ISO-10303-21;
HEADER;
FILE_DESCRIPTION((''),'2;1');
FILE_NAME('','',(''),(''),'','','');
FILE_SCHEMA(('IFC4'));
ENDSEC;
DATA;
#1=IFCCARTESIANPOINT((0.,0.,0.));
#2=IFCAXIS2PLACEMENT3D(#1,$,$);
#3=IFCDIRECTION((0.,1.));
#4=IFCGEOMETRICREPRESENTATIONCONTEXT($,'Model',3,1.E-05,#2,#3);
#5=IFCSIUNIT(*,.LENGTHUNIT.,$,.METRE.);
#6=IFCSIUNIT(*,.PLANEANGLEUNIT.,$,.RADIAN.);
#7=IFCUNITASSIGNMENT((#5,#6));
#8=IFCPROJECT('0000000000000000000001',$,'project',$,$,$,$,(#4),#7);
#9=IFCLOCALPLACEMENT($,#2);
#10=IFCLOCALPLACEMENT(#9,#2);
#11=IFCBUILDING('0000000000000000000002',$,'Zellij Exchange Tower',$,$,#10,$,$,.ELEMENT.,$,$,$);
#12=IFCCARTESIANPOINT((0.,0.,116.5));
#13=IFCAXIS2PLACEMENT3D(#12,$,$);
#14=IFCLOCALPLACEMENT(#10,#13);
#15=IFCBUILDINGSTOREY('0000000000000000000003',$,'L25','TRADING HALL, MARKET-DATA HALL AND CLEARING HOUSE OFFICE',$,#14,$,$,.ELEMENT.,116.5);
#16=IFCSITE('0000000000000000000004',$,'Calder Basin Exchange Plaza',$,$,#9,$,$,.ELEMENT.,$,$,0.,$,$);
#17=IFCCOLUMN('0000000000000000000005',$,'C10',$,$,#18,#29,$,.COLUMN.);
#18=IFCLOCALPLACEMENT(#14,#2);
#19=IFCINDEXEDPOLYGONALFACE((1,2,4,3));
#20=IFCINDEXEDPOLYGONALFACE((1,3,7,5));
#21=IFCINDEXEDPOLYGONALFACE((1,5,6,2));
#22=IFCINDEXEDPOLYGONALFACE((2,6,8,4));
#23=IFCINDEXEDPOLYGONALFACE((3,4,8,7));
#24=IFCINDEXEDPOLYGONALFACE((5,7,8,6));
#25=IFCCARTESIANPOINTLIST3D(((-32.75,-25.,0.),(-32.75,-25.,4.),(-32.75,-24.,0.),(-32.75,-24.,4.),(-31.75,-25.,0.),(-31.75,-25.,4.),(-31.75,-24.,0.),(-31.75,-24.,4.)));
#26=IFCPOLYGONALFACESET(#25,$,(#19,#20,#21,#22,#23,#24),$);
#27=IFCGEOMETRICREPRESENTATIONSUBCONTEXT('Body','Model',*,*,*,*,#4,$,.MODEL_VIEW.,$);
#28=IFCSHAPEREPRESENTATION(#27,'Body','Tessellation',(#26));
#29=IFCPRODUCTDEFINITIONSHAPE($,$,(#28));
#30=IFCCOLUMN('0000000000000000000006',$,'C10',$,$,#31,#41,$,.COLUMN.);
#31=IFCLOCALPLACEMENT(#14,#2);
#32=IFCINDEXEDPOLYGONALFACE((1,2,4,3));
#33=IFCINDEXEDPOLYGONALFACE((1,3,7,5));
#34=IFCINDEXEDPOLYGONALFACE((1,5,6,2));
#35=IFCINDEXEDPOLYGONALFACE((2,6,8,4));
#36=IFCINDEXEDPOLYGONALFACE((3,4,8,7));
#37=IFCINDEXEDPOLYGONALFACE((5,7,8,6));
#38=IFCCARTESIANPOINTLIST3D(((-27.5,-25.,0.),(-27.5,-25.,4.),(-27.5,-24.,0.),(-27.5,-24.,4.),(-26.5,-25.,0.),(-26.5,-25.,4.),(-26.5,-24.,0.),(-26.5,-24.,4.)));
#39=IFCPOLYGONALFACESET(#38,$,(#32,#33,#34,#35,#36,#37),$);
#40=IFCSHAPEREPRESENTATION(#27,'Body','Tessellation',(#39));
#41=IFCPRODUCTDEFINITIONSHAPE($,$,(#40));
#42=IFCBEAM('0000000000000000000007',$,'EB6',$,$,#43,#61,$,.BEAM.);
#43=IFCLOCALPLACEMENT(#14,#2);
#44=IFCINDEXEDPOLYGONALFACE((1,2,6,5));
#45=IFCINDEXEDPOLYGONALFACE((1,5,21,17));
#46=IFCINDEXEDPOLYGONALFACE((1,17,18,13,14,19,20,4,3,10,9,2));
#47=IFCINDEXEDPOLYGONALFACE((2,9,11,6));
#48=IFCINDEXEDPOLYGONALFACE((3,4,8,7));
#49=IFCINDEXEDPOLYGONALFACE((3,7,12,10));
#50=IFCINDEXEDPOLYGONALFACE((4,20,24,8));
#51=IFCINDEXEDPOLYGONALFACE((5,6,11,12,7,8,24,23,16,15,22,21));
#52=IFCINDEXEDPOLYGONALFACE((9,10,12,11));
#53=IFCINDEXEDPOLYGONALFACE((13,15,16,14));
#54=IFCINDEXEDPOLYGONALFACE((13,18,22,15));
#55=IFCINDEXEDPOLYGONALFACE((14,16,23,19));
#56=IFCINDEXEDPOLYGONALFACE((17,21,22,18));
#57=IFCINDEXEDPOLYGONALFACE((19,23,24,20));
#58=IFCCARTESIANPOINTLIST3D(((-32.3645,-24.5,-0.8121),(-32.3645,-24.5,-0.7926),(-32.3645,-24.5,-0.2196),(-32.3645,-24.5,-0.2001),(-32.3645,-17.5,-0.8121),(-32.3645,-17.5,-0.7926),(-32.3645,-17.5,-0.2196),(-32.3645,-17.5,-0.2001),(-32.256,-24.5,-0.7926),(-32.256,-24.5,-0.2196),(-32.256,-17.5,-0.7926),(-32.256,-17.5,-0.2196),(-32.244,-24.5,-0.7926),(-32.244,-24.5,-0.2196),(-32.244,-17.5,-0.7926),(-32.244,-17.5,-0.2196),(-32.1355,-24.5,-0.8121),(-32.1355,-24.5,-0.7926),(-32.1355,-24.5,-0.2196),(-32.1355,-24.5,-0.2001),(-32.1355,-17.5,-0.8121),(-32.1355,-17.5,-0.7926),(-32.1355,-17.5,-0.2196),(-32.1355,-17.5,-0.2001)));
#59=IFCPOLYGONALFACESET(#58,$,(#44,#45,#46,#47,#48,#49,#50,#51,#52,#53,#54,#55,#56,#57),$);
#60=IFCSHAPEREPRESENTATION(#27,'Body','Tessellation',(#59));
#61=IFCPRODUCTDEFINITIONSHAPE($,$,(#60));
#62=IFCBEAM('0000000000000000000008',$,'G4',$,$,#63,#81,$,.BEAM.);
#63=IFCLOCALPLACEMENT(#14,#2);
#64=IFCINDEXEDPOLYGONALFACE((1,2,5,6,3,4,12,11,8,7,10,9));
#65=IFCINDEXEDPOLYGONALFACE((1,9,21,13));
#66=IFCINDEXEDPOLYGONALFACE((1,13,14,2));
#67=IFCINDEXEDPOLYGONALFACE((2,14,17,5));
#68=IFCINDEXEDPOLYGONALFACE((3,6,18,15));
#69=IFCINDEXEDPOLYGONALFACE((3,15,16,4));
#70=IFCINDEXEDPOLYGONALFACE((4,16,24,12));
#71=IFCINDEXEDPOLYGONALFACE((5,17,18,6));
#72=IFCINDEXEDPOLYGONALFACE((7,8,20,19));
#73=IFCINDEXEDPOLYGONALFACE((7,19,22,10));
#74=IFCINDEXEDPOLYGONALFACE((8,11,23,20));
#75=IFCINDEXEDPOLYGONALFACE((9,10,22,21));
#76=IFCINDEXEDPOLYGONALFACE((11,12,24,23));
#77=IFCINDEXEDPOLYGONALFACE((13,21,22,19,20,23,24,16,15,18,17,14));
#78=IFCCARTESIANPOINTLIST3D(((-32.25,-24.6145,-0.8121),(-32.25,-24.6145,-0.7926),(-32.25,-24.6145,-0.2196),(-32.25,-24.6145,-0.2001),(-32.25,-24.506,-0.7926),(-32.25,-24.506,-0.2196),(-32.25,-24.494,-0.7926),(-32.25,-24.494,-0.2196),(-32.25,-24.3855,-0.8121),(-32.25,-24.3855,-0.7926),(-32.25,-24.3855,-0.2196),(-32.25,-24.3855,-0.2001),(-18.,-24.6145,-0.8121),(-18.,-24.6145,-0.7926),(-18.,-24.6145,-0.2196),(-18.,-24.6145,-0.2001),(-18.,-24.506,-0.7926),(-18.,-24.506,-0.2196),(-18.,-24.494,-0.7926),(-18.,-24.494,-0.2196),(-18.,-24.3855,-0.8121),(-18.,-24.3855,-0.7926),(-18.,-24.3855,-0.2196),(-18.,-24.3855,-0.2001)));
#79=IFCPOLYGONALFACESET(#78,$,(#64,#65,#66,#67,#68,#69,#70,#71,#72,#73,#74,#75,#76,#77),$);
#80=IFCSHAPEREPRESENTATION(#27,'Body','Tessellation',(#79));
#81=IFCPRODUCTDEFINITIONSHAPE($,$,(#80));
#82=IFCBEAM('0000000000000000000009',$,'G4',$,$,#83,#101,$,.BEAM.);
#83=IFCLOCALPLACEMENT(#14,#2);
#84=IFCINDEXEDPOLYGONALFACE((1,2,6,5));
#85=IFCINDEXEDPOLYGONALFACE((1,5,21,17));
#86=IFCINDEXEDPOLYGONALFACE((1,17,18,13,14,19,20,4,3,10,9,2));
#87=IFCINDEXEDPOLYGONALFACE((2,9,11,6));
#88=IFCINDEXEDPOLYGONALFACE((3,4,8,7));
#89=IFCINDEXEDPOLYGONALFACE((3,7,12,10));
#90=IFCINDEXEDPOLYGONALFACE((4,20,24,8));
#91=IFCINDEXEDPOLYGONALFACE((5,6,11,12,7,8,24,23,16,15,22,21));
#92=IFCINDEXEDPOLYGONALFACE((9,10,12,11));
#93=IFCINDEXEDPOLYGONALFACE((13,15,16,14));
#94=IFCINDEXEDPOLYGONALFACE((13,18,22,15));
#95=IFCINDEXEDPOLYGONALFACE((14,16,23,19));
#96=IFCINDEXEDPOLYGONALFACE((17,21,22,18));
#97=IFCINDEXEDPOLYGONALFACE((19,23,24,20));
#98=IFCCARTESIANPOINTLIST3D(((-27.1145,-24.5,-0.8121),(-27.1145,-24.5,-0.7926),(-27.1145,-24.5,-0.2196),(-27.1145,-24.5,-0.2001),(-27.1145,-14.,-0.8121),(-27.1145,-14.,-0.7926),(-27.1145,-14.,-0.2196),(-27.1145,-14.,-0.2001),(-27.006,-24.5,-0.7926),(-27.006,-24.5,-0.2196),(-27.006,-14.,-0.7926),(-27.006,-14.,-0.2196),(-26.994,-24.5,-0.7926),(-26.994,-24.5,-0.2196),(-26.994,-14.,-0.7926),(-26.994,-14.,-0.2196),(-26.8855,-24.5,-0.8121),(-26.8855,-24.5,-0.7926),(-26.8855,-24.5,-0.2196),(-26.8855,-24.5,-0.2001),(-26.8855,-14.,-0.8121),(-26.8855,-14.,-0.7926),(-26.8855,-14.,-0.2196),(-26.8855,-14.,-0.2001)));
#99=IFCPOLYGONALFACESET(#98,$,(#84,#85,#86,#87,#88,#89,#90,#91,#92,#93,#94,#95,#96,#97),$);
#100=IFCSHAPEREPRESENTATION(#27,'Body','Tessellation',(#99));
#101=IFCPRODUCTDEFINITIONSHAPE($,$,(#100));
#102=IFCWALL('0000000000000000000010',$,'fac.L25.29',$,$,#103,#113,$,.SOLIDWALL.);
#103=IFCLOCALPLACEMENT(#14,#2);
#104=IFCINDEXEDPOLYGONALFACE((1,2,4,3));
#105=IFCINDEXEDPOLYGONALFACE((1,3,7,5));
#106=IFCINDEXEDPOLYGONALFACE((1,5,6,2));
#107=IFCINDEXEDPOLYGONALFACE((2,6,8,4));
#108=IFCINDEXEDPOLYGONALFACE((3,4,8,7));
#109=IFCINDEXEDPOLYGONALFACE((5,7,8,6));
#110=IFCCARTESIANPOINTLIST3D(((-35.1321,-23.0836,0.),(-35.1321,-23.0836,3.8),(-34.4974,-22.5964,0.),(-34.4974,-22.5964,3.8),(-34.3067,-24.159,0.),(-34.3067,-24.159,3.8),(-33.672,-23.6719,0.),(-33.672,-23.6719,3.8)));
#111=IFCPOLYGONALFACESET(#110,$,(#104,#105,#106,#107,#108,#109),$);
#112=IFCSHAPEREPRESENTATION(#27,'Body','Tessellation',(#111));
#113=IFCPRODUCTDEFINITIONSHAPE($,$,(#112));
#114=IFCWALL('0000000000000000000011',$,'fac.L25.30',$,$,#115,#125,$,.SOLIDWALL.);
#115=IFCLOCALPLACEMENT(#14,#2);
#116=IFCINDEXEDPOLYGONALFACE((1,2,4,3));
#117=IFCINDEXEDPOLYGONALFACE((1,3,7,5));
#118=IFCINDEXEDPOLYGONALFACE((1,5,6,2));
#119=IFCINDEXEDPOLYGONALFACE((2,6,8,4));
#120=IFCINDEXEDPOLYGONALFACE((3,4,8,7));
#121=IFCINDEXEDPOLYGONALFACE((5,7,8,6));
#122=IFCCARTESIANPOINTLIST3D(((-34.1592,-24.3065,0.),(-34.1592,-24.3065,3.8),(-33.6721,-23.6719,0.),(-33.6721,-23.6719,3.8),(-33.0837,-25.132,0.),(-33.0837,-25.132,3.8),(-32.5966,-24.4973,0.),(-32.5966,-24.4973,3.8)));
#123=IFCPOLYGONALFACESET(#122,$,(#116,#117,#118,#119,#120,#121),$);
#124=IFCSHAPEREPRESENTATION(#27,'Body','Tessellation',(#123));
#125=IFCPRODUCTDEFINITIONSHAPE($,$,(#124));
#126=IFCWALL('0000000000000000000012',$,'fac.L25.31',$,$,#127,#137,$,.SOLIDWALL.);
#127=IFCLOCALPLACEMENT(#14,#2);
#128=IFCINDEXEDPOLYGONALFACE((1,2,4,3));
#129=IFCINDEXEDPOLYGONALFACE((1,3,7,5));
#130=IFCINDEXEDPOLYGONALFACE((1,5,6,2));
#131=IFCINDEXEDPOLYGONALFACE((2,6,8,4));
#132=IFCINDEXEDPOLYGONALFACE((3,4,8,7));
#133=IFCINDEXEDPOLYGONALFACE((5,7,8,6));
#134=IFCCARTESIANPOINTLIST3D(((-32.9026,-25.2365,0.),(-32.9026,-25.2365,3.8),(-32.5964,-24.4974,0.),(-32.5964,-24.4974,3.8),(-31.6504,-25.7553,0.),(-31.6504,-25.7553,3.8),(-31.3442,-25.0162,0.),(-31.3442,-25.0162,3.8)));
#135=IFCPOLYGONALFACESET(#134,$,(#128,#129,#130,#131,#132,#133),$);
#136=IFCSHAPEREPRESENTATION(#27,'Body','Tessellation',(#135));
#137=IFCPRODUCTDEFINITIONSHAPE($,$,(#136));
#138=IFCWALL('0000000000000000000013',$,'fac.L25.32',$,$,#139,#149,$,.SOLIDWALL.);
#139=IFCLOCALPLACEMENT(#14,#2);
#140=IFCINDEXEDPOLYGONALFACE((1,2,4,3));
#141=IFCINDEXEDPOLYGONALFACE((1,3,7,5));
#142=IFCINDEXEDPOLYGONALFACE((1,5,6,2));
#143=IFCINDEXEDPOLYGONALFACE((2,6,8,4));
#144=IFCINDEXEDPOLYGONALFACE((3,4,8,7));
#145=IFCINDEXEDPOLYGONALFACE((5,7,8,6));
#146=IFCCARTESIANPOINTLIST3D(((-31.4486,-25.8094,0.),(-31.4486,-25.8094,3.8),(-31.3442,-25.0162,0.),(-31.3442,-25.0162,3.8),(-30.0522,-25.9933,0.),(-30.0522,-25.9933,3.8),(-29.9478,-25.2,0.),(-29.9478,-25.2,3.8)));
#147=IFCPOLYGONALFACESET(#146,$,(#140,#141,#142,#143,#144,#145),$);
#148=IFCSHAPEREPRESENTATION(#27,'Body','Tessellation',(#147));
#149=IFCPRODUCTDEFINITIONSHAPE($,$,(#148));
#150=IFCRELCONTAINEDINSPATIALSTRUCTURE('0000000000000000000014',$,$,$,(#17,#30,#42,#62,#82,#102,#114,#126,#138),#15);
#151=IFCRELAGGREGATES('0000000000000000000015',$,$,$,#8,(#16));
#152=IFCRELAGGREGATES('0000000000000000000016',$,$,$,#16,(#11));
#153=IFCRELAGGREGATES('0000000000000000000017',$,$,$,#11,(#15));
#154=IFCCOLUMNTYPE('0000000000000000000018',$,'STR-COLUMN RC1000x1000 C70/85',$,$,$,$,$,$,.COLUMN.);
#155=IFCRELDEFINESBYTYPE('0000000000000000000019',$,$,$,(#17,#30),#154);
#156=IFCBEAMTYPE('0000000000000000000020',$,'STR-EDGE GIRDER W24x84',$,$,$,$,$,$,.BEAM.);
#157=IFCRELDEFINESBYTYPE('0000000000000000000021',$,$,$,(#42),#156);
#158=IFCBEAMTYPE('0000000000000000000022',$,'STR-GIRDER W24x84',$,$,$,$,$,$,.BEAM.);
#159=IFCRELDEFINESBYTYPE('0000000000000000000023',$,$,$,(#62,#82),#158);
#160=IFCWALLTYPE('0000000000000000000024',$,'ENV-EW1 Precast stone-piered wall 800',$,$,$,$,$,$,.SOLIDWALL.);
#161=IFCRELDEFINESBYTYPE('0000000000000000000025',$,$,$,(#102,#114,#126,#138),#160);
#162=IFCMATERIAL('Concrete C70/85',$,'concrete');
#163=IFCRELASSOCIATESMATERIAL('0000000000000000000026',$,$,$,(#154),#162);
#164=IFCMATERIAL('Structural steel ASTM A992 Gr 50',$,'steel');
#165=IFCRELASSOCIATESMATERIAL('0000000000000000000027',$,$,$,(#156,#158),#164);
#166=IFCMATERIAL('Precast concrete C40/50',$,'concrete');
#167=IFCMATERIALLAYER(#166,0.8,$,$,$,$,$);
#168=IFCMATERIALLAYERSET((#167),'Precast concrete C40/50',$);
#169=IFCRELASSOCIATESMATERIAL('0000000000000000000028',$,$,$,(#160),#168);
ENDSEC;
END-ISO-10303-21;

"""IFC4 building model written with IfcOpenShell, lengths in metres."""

from ifc_helpers import new_model, si_unit, direction, frame, frame_2d, origin, origin_2d, place, context, subcontext, project, spatial, rectangle, i_section, extrude, material, layer, layer_set, material_profile, profile_set, type_object, element, save


model = new_model("IFC4")

# Units and contexts
model_context = context("Model", 3, precision=1e-05, world=origin(), true_north=direction((0.0, 1.0)))
body_context = subcontext(model_context, "Body", "Model", "MODEL_VIEW")
ifc_project = project(units=[si_unit("LENGTHUNIT", "METRE"), si_unit("PLANEANGLEUNIT", "RADIAN")], contexts=[model_context])

# Site, building, storey
site_placement = place(None, origin())
site = spatial("IfcSite", under=ifc_project, at=site_placement, Name="Calder Basin Exchange Plaza", CompositionType="ELEMENT", RefElevation=0.0)
building_placement = place(site_placement, origin())
building = spatial("IfcBuilding", under=site, at=building_placement, Name="Zellij Exchange Tower", CompositionType="ELEMENT")
storey_placement = place(building_placement, frame((0.0, 0.0, 116.5)))
storey = spatial("IfcBuildingStorey", under=building, at=storey_placement, Name="L25", Description="TRADING HALL, MARKET-DATA HALL AND CLEARING HOUSE OFFICE", CompositionType="ELEMENT", Elevation=116.5)

# Columns
ifc_material_1 = material(Name="Concrete C70/85", Category="concrete")
ifc_material_profile_1 = material_profile(ifc_material_1, rectangle(XDim=1.0, YDim=1.0, at=origin_2d()), Name="STR-COLUMN RC1000x1000 C70/85")
ifc_profile_set_1 = profile_set([ifc_material_profile_1], Name="Concrete C70/85")
column_type = type_object("IfcColumnType", Name="STR-COLUMN RC1000x1000 C70/85", PredefinedType="COLUMN", material=ifc_profile_set_1)
for number, where, z_axis, x_axis, name in (
    (1, (-32.25, -24.5, 0.0), (0.0, 0.0, 1.0), (1.0, 0.0, 0.0), "C10"),
    (2, (-27.0, -24.5, 0.0), (0.0, 0.0, 1.0), (1.0, 0.0, 0.0), "C10"),
):
    element("IfcColumn", number, at=place(storey_placement, frame(where, z_axis=z_axis, x_axis=x_axis)), inside=storey, type_object=column_type, Name=name, PredefinedType="COLUMN", context=body_context, shape_type="SweptSolid", body=[
        extrude(rectangle(XDim=1.0, YDim=1.0, at=origin_2d()), origin(), (0.0, 0.0, 1.0), 4.0),
    ])

# Beams
ifc_material_2 = material(Name="Structural steel ASTM A992 Gr 50", Category="steel")
ifc_material_profile_2 = material_profile(ifc_material_2, i_section(OverallWidth=0.229, OverallDepth=0.6121, WebThickness=0.012, FlangeThickness=0.0195, at=origin_2d()), Name="W24x84")
ifc_profile_set_2 = profile_set([ifc_material_profile_2], Name="Structural steel ASTM A992 Gr 50")
beam_type_1 = type_object("IfcBeamType", Name="STR-EDGE GIRDER W24x84", PredefinedType="BEAM", material=ifc_profile_set_2)
beam_1_placement = place(storey_placement, frame((-32.25, -24.5, -0.5061), z_axis=(0.0, 1.0, 0.0), x_axis=(-1.0, 0.0, 0.0)))
element("IfcBeam", 3, at=beam_1_placement, inside=storey, type_object=beam_type_1, Name="EB6", PredefinedType="BEAM", context=body_context, shape_type="SweptSolid", body=[
    extrude(i_section(OverallWidth=0.229, OverallDepth=0.6121, WebThickness=0.012, FlangeThickness=0.0195, at=origin_2d()), origin(), (0.0, 0.0, 1.0), 7.0),
])
ifc_material_profile_3 = material_profile(ifc_material_2, i_section(OverallWidth=0.229, OverallDepth=0.6121, WebThickness=0.012, FlangeThickness=0.0195, at=origin_2d()), Name="W24x84")
ifc_profile_set_3 = profile_set([ifc_material_profile_3], Name="Structural steel ASTM A992 Gr 50")
beam_type_2 = type_object("IfcBeamType", Name="STR-GIRDER W24x84", PredefinedType="BEAM", material=ifc_profile_set_3)
beam_2_placement = place(storey_placement, frame((-32.25, -24.5, -0.5061), z_axis=(1.0, 0.0, 0.0), x_axis=(0.0, 1.0, 0.0)))
element("IfcBeam", 4, at=beam_2_placement, inside=storey, type_object=beam_type_2, Name="G4", PredefinedType="BEAM", context=body_context, shape_type="SweptSolid", body=[
    extrude(i_section(OverallWidth=0.229, OverallDepth=0.6121, WebThickness=0.012, FlangeThickness=0.0195, at=origin_2d()), origin(), (0.0, 0.0, 1.0), 14.25),
])
beam_3_placement = place(storey_placement, frame((-27.0, -24.5, -0.5061), z_axis=(0.0, 1.0, 0.0), x_axis=(-1.0, 0.0, 0.0)))
element("IfcBeam", 5, at=beam_3_placement, inside=storey, type_object=beam_type_2, Name="G4", PredefinedType="BEAM", context=body_context, shape_type="SweptSolid", body=[
    extrude(i_section(OverallWidth=0.229, OverallDepth=0.6121, WebThickness=0.012, FlangeThickness=0.0195, at=origin_2d()), origin(), (0.0, 0.0, 1.0), 10.5),
])

# Shared definitions
ifc_material_3 = material(Name="Precast concrete C40/50", Category="concrete")
ifc_layer = layer(ifc_material_3, 0.8)
ifc_layer_set = layer_set([ifc_layer], Name="Precast concrete C40/50")
wall_type = type_object("IfcWallType", Name="ENV-EW1 Precast stone-piered wall 800", PredefinedType="SOLIDWALL", material=ifc_layer_set)

# Walls
for number, where, z_axis, x_axis, name in (
    (6, (-34.8147, -22.8401, 0.0), (0.0, 0.0, 1.0), (0.608866, -0.793273, 0.0), "fac.L25.29"),
    (7, (-33.9155, -23.9893, 0.0), (0.0, 0.0, 1.0), (0.793273, -0.608866, 0.0), "fac.L25.30"),
):
    element("IfcWall", number, at=place(storey_placement, frame(where, z_axis=z_axis, x_axis=x_axis)), inside=storey, type_object=wall_type, Name=name, PredefinedType="SOLIDWALL", context=body_context, shape_type="SweptSolid", body=[
        extrude(rectangle(XDim=1.3557, YDim=0.8, at=frame_2d((0.6777, 0.0))), origin(), (0.0, 0.0, 1.0), 3.8),
    ])
wall_1_placement = place(storey_placement, frame((-32.7495, -24.8669, 0.0), z_axis=(0.0, 0.0, 1.0), x_axis=(0.923848, -0.38276, 0.0)))
element("IfcWall", 8, at=wall_1_placement, inside=storey, type_object=wall_type, Name="fac.L25.31", PredefinedType="SOLIDWALL", context=body_context, shape_type="SweptSolid", body=[
    extrude(rectangle(XDim=1.3555, YDim=0.8, at=frame_2d((0.6777, 0.0))), origin(), (0.0, 0.0, 1.0), 3.8),
])
wall_2_placement = place(storey_placement, frame((-31.3962, -25.4128, 0.0), z_axis=(0.0, 0.0, 1.0), x_axis=(0.991446, -0.130517, 0.0)))
element("IfcWall", 9, at=wall_2_placement, inside=storey, type_object=wall_type, Name="fac.L25.32", PredefinedType="SOLIDWALL", context=body_context, shape_type="SweptSolid", body=[
    extrude(rectangle(XDim=1.4084, YDim=0.8, at=frame_2d((0.7041, 0.0))), origin(), (0.0, 0.0, 1.0), 3.8),
])

save(model, "model.ifc")
